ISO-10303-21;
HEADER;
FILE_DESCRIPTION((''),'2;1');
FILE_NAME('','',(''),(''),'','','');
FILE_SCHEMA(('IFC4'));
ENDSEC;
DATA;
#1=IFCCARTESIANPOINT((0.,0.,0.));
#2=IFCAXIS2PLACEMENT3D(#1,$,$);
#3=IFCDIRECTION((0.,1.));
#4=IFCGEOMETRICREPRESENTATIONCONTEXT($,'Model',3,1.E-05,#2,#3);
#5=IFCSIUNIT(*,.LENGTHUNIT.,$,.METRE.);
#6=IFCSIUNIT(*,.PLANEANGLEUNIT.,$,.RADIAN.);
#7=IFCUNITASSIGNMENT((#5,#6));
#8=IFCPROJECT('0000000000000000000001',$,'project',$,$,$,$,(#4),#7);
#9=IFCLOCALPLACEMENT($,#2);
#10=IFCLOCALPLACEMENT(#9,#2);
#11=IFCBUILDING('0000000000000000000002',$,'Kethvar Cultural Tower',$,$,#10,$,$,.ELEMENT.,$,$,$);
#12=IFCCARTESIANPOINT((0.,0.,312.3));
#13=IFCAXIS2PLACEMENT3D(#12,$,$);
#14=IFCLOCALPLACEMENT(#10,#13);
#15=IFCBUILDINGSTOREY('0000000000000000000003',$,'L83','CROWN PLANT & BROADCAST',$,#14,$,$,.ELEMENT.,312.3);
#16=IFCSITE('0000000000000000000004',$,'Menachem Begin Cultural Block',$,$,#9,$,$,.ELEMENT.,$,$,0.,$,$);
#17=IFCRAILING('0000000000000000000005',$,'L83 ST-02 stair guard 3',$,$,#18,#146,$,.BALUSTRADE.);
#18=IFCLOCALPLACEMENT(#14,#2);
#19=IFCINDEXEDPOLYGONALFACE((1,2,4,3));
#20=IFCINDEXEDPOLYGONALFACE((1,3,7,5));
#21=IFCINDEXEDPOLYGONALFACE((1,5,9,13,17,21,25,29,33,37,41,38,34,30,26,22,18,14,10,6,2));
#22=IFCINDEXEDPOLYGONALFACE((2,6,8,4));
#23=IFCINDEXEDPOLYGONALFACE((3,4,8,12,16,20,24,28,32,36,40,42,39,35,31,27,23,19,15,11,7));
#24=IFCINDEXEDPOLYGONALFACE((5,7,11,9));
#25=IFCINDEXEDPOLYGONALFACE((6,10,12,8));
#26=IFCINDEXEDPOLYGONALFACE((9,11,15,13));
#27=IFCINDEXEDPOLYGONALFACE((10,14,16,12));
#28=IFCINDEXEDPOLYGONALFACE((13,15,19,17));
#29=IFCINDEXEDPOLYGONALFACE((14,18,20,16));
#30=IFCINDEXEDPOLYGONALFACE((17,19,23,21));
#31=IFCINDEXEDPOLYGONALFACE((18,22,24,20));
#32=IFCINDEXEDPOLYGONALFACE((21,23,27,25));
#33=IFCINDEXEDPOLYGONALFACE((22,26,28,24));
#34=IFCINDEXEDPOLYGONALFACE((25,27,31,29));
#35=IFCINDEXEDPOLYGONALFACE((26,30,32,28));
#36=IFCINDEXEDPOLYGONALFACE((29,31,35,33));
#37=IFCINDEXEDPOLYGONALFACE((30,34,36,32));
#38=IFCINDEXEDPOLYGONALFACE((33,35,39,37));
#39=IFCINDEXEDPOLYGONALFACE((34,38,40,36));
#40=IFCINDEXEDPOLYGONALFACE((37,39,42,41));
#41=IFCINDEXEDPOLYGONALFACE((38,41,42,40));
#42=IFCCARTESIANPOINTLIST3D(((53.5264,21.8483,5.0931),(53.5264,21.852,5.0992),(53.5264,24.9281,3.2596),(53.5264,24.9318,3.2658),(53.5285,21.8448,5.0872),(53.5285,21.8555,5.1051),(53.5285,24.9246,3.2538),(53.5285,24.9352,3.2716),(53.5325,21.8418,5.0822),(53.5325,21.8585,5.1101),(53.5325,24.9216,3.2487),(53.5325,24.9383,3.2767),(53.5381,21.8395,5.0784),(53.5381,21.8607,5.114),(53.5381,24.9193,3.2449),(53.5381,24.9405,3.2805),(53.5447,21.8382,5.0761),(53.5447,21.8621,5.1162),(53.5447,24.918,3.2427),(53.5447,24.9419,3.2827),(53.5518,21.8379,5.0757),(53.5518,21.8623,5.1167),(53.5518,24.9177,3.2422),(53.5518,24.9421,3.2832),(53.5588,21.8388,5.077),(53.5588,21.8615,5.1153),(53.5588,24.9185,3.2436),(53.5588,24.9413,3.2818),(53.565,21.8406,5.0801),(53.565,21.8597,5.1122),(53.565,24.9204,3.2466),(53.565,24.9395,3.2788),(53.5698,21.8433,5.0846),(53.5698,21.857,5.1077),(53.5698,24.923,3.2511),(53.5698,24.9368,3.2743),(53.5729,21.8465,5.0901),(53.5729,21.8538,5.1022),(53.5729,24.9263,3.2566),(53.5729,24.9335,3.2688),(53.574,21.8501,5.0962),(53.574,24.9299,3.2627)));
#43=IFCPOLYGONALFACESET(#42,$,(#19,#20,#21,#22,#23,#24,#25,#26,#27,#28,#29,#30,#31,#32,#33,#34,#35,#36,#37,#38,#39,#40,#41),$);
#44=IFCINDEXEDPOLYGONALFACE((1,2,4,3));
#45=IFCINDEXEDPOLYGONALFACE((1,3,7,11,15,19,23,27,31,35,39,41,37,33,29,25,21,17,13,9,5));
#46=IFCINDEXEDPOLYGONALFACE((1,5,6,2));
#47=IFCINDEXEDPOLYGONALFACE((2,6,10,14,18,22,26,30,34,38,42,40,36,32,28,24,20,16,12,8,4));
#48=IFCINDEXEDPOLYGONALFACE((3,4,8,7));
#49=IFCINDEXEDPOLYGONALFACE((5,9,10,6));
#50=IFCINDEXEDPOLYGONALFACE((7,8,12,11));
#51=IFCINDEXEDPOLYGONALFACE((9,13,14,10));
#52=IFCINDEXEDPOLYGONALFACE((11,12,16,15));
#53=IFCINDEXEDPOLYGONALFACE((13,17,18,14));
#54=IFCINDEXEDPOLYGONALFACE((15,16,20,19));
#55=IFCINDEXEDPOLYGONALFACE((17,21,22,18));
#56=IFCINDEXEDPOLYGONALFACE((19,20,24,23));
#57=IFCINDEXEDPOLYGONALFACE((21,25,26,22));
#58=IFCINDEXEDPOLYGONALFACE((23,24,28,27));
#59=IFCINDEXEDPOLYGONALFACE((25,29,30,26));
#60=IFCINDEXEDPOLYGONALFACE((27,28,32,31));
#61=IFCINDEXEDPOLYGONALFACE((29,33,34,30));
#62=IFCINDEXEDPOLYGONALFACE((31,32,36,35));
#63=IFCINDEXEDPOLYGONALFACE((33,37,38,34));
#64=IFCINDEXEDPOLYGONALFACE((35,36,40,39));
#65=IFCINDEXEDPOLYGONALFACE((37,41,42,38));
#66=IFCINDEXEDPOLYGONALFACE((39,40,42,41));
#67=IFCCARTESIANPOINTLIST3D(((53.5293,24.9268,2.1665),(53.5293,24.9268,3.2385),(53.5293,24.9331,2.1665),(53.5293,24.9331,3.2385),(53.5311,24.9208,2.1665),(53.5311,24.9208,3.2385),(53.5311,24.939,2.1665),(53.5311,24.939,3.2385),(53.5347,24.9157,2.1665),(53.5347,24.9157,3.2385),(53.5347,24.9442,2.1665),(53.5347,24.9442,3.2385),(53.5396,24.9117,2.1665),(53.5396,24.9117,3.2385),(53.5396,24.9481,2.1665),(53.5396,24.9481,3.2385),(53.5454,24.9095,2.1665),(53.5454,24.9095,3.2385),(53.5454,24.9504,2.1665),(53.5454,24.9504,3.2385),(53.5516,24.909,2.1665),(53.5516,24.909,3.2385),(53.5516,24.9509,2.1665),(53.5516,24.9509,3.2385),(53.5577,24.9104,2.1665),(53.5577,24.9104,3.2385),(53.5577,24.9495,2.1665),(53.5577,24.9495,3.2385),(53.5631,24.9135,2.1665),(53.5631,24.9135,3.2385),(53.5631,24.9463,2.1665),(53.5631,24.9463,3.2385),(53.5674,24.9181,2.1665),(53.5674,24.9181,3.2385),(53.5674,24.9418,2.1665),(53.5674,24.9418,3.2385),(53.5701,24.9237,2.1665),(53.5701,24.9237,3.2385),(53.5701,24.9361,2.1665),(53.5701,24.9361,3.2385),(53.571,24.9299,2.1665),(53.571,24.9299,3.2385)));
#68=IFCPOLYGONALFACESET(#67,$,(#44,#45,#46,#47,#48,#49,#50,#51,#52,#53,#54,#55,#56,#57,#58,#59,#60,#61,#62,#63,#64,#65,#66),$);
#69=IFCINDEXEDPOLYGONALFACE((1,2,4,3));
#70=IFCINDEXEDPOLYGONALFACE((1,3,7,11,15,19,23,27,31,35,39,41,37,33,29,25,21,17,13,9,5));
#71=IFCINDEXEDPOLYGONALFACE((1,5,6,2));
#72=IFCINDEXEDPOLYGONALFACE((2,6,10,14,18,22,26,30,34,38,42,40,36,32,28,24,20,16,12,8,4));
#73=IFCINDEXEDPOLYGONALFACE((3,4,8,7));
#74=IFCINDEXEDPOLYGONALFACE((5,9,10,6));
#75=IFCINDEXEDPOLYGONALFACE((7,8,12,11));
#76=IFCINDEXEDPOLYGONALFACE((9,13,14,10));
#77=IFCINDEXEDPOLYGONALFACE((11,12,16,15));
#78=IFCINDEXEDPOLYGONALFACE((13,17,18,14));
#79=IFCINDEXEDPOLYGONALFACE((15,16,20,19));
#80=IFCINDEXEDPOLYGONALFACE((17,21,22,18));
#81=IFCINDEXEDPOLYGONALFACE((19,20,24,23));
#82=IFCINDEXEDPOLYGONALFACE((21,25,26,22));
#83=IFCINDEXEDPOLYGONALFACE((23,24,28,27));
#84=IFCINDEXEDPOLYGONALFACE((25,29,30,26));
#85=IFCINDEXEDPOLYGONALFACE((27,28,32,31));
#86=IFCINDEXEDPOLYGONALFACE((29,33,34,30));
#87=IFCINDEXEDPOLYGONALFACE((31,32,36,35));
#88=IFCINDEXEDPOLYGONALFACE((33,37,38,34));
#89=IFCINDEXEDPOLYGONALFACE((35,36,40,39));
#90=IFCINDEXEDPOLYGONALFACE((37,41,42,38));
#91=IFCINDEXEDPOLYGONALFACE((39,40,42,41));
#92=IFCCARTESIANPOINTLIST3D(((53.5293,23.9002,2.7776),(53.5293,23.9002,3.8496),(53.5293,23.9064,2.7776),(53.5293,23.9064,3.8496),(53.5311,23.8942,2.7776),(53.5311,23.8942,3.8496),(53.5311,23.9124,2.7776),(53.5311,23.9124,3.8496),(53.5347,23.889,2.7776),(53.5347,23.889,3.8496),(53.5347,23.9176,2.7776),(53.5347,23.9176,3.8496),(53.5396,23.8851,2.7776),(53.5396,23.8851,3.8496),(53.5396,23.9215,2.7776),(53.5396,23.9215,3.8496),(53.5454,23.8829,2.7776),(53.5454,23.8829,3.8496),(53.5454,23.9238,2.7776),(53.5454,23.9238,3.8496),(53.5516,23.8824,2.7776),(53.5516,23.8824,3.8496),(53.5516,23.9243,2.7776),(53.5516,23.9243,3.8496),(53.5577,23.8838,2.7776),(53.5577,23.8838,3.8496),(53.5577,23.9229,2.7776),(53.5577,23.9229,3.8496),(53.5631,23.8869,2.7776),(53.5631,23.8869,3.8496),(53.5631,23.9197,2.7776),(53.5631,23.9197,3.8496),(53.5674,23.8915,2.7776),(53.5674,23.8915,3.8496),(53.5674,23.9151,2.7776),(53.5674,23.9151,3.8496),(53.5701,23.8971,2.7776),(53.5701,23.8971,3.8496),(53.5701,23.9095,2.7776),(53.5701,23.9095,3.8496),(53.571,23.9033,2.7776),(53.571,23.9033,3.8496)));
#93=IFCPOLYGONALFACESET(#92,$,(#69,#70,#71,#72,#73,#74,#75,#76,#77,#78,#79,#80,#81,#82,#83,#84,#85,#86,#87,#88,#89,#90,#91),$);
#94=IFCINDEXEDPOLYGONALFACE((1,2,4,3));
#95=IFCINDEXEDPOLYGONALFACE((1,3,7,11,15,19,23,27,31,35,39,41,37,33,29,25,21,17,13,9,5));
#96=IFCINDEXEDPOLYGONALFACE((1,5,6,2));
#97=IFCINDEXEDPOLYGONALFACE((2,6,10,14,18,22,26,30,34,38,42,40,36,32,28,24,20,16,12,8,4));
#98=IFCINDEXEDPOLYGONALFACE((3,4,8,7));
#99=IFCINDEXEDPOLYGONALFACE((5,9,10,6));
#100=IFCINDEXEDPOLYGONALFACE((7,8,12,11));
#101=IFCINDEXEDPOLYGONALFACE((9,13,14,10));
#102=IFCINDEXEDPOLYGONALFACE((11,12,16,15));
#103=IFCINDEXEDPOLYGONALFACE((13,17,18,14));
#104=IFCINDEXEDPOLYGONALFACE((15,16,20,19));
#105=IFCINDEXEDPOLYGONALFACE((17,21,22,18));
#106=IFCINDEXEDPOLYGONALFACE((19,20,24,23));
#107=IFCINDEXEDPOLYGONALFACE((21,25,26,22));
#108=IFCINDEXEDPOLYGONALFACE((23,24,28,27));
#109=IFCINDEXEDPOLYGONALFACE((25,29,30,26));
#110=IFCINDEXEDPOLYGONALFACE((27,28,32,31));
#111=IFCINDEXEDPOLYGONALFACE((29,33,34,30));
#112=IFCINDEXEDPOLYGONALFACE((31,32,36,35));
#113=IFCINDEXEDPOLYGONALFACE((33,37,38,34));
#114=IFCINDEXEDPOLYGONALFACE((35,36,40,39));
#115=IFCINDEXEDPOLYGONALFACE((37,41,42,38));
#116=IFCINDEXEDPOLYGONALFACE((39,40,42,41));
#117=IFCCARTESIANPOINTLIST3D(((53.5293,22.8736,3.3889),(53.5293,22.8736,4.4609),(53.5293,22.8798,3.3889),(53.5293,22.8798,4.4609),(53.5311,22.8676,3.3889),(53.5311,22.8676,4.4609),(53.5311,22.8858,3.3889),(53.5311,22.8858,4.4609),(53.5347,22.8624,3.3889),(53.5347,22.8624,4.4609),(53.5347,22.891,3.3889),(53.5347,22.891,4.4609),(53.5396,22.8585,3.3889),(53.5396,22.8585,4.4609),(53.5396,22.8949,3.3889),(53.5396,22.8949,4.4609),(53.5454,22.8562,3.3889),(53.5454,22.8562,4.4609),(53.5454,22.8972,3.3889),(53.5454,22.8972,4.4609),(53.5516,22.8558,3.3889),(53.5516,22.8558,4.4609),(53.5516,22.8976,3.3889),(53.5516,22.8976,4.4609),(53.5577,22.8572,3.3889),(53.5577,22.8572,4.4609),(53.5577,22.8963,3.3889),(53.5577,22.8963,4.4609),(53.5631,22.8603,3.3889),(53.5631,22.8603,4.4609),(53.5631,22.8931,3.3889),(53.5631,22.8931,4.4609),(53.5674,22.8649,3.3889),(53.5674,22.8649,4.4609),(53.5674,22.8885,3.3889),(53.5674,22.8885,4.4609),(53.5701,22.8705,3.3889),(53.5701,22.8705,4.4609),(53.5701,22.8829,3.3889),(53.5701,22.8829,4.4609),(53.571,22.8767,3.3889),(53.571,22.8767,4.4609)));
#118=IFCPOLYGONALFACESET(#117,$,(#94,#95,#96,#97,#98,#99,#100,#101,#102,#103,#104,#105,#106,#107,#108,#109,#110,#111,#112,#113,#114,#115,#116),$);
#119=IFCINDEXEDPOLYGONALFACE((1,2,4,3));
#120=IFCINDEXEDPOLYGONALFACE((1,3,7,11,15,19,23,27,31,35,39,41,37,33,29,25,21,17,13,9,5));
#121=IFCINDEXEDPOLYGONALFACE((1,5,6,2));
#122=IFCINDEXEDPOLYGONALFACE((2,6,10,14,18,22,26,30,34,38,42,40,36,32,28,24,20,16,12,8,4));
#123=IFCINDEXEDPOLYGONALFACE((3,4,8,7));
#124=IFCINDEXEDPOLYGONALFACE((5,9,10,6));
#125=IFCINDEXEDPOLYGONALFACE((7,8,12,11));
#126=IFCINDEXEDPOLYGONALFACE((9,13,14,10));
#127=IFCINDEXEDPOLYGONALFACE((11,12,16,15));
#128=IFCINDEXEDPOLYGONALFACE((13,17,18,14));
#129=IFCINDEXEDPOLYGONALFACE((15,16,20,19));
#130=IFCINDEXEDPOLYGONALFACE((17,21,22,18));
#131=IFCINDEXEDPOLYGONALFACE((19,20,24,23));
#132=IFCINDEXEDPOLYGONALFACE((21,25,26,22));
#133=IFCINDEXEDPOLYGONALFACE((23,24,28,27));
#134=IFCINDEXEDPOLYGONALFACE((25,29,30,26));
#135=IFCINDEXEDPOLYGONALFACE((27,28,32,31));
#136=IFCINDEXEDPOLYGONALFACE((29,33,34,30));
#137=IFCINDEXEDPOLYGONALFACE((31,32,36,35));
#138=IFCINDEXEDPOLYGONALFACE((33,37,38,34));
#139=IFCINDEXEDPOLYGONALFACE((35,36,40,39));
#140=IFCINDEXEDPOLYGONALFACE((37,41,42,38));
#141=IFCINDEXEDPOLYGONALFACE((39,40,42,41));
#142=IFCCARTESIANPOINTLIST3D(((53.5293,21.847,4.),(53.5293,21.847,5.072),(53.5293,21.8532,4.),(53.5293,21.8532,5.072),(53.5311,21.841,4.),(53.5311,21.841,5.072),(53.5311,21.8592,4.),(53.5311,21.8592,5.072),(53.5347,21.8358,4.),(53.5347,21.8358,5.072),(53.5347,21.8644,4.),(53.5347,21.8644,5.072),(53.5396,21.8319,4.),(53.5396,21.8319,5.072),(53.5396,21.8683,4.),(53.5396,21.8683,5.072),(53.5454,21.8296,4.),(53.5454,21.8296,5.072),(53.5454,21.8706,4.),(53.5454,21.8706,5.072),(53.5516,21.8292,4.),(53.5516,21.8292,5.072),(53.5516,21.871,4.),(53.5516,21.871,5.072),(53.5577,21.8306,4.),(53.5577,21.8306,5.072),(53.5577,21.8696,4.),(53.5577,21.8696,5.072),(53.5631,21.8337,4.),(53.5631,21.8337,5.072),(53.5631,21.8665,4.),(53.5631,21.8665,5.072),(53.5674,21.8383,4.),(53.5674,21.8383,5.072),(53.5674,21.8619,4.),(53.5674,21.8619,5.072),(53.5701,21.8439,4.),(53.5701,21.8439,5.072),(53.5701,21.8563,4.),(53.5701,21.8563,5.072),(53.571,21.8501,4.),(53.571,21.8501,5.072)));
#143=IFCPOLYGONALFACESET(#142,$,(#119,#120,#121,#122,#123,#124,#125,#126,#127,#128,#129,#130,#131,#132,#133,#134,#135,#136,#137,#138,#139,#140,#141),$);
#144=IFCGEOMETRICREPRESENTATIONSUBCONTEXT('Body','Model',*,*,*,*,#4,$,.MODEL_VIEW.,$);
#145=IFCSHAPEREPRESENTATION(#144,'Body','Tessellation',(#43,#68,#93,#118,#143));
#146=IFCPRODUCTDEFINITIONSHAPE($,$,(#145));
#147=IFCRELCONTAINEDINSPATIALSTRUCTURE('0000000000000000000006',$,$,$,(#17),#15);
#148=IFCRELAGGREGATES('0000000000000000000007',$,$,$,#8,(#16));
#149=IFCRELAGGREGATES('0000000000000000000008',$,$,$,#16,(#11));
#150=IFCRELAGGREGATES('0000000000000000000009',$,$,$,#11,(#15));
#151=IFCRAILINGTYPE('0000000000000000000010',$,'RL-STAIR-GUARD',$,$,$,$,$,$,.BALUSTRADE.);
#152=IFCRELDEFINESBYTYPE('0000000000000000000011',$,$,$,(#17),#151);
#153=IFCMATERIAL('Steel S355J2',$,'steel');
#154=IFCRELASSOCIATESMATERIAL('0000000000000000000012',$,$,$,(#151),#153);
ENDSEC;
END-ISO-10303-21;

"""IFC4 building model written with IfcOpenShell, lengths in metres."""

from ifc_helpers import new_model, si_unit, direction, frame, origin, origin_2d, place, context, subcontext, project, spatial, circle, extrude, material, type_object, element, save


model = new_model("IFC4")

# Units and contexts
model_context = context("Model", 3, precision=1e-05, world=origin(), true_north=direction((0.0, 1.0)))
body_context = subcontext(model_context, "Body", "Model", "MODEL_VIEW")
ifc_project = project(units=[si_unit("LENGTHUNIT", "METRE"), si_unit("PLANEANGLEUNIT", "RADIAN")], contexts=[model_context])

# Site, building, storey
site_placement = place(None, origin())
site = spatial("IfcSite", under=ifc_project, at=site_placement, Name="Menachem Begin Cultural Block", CompositionType="ELEMENT", RefElevation=0.0)
building_placement = place(site_placement, origin())
building = spatial("IfcBuilding", under=site, at=building_placement, Name="Kethvar Cultural Tower", CompositionType="ELEMENT")
storey_placement = place(building_placement, frame((0.0, 0.0, 312.3)))
storey = spatial("IfcBuildingStorey", under=building, at=storey_placement, Name="L83", Description="CROWN PLANT & BROADCAST", CompositionType="ELEMENT", Elevation=312.3)

# Shared definitions
ifc_material_1 = material(Name="Steel S355J2", Category="steel")

# Railing
railing_type_1 = type_object("IfcRailingType", Name="RL-STAIR-GUARD", PredefinedType="BALUSTRADE", material=ifc_material_1)
railing_1_placement = place(storey_placement, frame((53.55, 24.9299, 2.1665)))
element("IfcRailing", 1, at=railing_1_placement, inside=storey, type_object=railing_type_1, Name="L83 ST-02 stair guard 3", PredefinedType="BALUSTRADE", context=body_context, shape_type="SweptSolid", body=[
    extrude(circle(Radius=0.0239, at=origin_2d()), frame((0.0, 0.0, 1.0962), z_axis=(0.0, -0.859261, 0.511538), x_axis=(1.0, 0.0, 0.0)), (0.0, 0.0, 1.0), 3.5842),
    extrude(circle(Radius=0.021, at=origin_2d()), origin(), (0.0, 0.0, 1.0), 1.072),
    extrude(circle(Radius=0.021, at=origin_2d()), frame((0.0, -1.0266, 0.6111)), (0.0, 0.0, 1.0), 1.072),
    extrude(circle(Radius=0.021, at=origin_2d()), frame((0.0, -2.0532, 1.2224)), (0.0, 0.0, 1.0), 1.072),
    extrude(circle(Radius=0.021, at=origin_2d()), frame((0.0, -3.0798, 1.8335)), (0.0, 0.0, 1.0), 1.072),
])

save(model, "model.ifc")
